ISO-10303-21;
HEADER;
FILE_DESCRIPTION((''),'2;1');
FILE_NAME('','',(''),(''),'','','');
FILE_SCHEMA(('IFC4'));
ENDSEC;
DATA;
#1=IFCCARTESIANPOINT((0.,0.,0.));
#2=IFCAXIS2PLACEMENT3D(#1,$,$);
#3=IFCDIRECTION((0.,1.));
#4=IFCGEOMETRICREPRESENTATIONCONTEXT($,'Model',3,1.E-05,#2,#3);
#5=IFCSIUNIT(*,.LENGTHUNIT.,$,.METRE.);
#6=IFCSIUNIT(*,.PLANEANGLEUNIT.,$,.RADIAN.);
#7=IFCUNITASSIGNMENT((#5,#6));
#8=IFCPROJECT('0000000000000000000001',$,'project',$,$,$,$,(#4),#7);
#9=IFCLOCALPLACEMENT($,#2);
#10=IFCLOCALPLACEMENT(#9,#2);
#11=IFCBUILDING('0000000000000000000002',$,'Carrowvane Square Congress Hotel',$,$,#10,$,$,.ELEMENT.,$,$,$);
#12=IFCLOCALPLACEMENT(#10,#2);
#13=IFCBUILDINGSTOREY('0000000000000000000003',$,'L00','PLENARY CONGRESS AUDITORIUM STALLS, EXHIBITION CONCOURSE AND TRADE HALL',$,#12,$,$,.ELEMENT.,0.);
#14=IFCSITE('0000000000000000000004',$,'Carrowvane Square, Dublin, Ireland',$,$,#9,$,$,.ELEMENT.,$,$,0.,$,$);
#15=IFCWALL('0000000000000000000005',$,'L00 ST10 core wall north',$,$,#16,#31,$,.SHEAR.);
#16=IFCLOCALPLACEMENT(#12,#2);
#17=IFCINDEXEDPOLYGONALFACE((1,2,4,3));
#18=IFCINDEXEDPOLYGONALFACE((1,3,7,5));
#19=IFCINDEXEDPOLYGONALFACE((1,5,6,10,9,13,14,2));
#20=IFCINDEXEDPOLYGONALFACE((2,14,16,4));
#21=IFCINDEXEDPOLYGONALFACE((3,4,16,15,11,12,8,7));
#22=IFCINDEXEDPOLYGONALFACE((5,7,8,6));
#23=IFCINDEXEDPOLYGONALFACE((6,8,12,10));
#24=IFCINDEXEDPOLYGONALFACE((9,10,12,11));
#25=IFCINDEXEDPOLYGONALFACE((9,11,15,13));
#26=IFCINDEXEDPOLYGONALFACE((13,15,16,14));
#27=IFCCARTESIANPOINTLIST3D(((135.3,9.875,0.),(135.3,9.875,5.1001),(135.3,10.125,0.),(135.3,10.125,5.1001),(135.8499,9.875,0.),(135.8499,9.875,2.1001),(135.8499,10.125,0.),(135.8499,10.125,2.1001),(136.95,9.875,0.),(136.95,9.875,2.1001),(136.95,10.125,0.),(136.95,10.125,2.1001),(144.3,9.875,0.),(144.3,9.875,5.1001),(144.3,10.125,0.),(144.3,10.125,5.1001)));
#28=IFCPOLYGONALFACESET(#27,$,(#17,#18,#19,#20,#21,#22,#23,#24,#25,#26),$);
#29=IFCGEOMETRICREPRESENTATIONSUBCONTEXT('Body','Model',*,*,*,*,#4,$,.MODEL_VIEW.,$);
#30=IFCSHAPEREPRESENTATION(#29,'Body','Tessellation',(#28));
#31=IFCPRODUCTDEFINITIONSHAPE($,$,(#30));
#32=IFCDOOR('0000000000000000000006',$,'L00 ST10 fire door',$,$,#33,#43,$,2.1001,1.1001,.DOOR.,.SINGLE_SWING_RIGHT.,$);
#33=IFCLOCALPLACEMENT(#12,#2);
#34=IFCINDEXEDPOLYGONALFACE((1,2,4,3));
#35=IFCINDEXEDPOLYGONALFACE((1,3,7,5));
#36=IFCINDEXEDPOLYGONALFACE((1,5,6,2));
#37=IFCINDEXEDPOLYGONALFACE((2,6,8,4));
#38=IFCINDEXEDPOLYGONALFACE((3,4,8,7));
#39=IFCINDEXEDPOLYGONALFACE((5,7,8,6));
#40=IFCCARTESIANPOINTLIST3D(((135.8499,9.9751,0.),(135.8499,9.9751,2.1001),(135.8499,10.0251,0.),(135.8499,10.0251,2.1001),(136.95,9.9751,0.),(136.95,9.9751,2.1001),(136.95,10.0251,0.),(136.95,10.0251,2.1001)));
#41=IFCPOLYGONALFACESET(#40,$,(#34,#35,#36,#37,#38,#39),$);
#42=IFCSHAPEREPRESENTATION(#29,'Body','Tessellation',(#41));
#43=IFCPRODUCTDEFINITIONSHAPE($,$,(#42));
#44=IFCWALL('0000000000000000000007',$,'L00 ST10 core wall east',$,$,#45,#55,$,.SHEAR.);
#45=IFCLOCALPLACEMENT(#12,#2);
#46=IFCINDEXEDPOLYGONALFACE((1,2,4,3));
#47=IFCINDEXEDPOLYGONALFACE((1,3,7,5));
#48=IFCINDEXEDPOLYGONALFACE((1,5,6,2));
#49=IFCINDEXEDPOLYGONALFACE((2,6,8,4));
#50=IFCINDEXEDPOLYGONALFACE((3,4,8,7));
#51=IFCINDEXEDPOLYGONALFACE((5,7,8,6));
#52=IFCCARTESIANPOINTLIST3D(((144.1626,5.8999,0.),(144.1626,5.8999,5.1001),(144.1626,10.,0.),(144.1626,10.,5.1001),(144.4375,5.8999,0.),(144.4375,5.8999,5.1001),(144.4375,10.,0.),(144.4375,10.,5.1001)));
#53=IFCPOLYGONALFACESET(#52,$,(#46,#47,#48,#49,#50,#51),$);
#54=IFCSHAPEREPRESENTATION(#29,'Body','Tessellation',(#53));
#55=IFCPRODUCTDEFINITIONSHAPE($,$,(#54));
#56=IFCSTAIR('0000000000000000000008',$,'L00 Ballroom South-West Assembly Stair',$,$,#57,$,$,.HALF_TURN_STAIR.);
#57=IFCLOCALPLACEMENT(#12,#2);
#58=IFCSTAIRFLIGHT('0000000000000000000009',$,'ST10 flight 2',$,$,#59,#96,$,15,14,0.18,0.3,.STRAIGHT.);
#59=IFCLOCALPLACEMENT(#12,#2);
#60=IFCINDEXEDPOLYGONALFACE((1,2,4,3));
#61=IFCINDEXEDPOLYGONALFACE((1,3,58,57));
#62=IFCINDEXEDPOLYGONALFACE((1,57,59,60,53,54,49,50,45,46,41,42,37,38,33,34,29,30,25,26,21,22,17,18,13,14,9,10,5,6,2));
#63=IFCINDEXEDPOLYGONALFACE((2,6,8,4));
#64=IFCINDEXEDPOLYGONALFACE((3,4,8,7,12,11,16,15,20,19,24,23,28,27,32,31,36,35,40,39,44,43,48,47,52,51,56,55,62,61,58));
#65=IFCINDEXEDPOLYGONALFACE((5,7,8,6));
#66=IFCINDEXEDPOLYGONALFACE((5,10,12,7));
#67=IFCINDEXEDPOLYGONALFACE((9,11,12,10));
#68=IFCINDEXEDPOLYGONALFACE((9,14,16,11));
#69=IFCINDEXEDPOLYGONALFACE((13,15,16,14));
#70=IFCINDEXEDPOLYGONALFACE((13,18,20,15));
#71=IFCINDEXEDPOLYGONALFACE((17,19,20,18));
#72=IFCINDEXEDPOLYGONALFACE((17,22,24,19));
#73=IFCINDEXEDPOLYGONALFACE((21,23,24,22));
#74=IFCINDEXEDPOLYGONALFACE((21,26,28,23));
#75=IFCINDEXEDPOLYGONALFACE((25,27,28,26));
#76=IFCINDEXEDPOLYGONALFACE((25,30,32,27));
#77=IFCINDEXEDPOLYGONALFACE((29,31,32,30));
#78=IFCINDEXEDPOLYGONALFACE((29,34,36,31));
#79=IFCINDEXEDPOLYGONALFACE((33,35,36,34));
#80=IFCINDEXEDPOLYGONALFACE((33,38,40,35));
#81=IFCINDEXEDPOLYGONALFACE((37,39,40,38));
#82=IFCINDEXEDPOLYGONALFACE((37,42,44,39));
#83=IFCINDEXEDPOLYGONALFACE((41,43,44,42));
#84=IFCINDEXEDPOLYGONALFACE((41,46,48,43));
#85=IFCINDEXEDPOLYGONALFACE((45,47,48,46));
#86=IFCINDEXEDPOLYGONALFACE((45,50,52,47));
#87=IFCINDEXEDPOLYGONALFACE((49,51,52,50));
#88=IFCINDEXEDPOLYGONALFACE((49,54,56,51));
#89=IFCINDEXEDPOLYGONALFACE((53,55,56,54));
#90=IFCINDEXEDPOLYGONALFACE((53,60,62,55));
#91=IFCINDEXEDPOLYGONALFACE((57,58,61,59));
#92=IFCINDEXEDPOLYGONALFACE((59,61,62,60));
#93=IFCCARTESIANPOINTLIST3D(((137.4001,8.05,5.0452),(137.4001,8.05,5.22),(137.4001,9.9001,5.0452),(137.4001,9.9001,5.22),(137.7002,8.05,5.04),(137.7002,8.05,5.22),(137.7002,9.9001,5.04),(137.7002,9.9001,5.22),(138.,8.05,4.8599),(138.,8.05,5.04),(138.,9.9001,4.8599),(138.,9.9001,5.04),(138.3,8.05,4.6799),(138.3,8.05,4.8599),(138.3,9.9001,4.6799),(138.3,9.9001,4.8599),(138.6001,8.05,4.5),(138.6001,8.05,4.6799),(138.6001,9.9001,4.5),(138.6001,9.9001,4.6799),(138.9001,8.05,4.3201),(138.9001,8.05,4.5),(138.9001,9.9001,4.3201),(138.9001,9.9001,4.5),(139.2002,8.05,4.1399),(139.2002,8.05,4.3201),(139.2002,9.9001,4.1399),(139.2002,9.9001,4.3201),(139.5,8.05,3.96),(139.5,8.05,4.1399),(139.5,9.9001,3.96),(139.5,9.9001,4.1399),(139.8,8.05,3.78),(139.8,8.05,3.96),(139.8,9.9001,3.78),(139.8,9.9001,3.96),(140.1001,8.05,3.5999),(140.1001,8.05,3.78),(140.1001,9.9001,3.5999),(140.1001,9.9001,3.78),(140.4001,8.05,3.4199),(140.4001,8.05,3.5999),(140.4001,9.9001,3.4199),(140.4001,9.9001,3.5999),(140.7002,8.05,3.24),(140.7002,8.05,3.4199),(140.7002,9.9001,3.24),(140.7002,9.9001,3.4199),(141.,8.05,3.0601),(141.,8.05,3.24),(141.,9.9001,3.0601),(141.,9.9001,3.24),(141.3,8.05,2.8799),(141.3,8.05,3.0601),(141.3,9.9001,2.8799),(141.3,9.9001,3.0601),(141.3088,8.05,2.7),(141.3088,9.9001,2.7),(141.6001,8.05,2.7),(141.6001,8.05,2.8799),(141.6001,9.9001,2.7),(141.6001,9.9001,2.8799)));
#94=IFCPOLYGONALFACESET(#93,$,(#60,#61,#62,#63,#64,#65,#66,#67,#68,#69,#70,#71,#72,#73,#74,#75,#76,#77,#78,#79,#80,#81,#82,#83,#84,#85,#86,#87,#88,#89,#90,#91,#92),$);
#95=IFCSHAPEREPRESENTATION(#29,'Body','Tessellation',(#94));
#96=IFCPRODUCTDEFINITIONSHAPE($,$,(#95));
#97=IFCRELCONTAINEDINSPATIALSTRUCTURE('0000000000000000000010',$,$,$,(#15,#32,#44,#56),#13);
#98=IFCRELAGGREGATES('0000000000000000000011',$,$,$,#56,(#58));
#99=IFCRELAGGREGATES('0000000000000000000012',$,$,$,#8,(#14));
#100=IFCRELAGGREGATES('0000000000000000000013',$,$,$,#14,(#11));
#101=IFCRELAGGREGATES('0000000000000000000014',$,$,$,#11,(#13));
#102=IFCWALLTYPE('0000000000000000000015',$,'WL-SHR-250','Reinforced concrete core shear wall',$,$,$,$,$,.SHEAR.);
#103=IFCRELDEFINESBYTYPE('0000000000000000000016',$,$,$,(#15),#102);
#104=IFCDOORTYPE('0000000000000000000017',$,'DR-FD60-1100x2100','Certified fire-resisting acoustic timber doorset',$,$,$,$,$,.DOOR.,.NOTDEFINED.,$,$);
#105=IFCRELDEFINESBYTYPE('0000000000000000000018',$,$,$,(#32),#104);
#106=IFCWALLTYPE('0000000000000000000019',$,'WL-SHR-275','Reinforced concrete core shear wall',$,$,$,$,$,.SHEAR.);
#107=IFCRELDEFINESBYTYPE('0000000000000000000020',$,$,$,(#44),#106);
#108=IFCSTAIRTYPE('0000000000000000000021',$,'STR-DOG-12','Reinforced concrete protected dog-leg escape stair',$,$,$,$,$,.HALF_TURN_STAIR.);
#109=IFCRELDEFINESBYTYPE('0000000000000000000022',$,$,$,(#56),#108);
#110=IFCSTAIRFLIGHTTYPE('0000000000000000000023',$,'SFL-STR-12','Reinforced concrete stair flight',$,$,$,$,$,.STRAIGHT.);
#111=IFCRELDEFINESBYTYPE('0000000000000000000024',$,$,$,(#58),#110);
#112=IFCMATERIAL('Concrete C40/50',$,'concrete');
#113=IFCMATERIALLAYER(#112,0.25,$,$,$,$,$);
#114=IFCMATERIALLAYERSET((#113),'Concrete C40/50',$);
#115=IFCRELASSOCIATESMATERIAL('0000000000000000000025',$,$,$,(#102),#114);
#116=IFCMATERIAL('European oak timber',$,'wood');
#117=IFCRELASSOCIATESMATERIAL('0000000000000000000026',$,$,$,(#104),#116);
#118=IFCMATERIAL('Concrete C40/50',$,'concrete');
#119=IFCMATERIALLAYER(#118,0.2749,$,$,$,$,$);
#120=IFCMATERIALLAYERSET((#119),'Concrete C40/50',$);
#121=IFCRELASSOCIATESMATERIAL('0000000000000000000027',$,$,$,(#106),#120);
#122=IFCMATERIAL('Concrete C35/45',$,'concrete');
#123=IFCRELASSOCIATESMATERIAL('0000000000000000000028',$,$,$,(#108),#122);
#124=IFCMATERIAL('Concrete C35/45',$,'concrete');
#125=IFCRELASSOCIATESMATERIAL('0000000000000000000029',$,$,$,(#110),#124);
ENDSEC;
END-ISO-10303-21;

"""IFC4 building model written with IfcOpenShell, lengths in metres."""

from ifc_helpers import new_model, si_unit, direction, frame, frame_2d, origin, place, context, subcontext, project, spatial, polyline, rectangle, outline, extrude, material, layer, layer_set, type_object, element, fill, aggregate, save


model = new_model("IFC4")

# Units and contexts
model_context = context("Model", 3, precision=1e-05, world=origin(), true_north=direction((0.0, 1.0)))
body_context = subcontext(model_context, "Body", "Model", "MODEL_VIEW")
ifc_project = project(units=[si_unit("LENGTHUNIT", "METRE"), si_unit("PLANEANGLEUNIT", "RADIAN")], contexts=[model_context])

# Site, building, storey
site_placement = place(None, origin())
site = spatial("IfcSite", under=ifc_project, at=site_placement, Name="Carrowvane Square, Dublin, Ireland", CompositionType="ELEMENT", RefElevation=0.0)
building_placement = place(site_placement, origin())
building = spatial("IfcBuilding", under=site, at=building_placement, Name="Carrowvane Square Congress Hotel", CompositionType="ELEMENT")
storey_placement = place(building_placement, origin())
storey = spatial("IfcBuildingStorey", under=building, at=storey_placement, Name="L00", Description="PLENARY CONGRESS AUDITORIUM STALLS, EXHIBITION CONCOURSE AND TRADE HALL", CompositionType="ELEMENT", Elevation=0.0)

# Wall, opening, door
ifc_material_1 = material(Name="Concrete C40/50", Category="concrete")
ifc_layer_1 = layer(ifc_material_1, 0.25)
ifc_layer_set_1 = layer_set([ifc_layer_1], Name="Concrete C40/50")
wall_type_1 = type_object("IfcWallType", Name="WL-SHR-250", Description="Reinforced concrete core shear wall", PredefinedType="SHEAR", material=ifc_layer_set_1)
wall_1_placement = place(storey_placement, frame((144.3, 10.0, 0.0), z_axis=(0.0, 0.0, 1.0), x_axis=(-1.0, 0.0, 0.0)))
wall_1 = element("IfcWall", 1, at=wall_1_placement, inside=storey, type_object=wall_type_1, Name="L00 ST10 core wall north", PredefinedType="SHEAR", context=body_context, shape_type="SweptSolid", body=[
    extrude(rectangle(XDim=9.0, YDim=0.25, at=frame_2d((4.5, 0.0))), origin(), (0.0, 0.0, 1.0), 5.1001),
])
opening_1_placement = place(wall_1_placement, frame((7.3501, 0.0, 0.0)))
opening_1 = element("IfcOpeningElement", 2, at=opening_1_placement, cuts=wall_1, PredefinedType="OPENING", context=body_context, shape_type="SweptSolid", body=[
    extrude(rectangle(XDim=1.1001, YDim=2.1001, at=frame_2d((0.55, 1.05))), frame((0.0, 0.135, 0.0), z_axis=(0.0, -1.0, 0.0), x_axis=(1.0, 0.0, 0.0)), (0.0, 0.0, 1.0), 0.27),
])
ifc_material_2 = material(Name="European oak timber", Category="wood")
door_type = type_object("IfcDoorType", Name="DR-FD60-1100x2100", Description="Certified fire-resisting acoustic timber doorset", OperationType="NOTDEFINED", PredefinedType="DOOR", material=ifc_material_2)
door_placement = place(opening_1_placement, origin())
door = element("IfcDoor", 3, at=door_placement, inside=storey, type_object=door_type, Name="L00 ST10 fire door", OperationType="SINGLE_SWING_RIGHT", OverallHeight=2.1001, OverallWidth=1.1001, PredefinedType="DOOR", context=body_context, shape_type="SweptSolid", body=[
    extrude(rectangle(XDim=1.1001, YDim=2.1001, at=frame_2d((0.55, 1.05))), frame((0.0, 0.0249, 0.0), z_axis=(0.0, -1.0, 0.0), x_axis=(1.0, 0.0, 0.0)), (0.0, 0.0, 1.0), 0.05),
])
fill(opening_1, door)

# Wall
ifc_material_3 = material(Name="Concrete C40/50", Category="concrete")
ifc_layer_2 = layer(ifc_material_3, 0.2749)
ifc_layer_set_2 = layer_set([ifc_layer_2], Name="Concrete C40/50")
wall_type_2 = type_object("IfcWallType", Name="WL-SHR-275", Description="Reinforced concrete core shear wall", PredefinedType="SHEAR", material=ifc_layer_set_2)
wall_2_placement = place(storey_placement, frame((144.3, 5.8999, 0.0), z_axis=(0.0, 0.0, 1.0), x_axis=(0.0, 1.0, 0.0)))
element("IfcWall", 4, at=wall_2_placement, inside=storey, type_object=wall_type_2, Name="L00 ST10 core wall east", PredefinedType="SHEAR", context=body_context, shape_type="SweptSolid", body=[
    extrude(rectangle(XDim=4.1001, YDim=0.2749, at=frame_2d((2.05, 0.0))), origin(), (0.0, 0.0, 1.0), 5.1001),
])

# Stair, stair flight
ifc_material_4 = material(Name="Concrete C35/45", Category="concrete")
stair_type = type_object("IfcStairType", Name="STR-DOG-12", Description="Reinforced concrete protected dog-leg escape stair", PredefinedType="HALF_TURN_STAIR", material=ifc_material_4)
stair_placement = place(storey_placement, origin())
stair = element("IfcStair", 5, at=stair_placement, inside=storey, type_object=stair_type, Name="L00 Ballroom South-West Assembly Stair", PredefinedType="HALF_TURN_STAIR")
ifc_material_5 = material(Name="Concrete C35/45", Category="concrete")
stair_flight_type = type_object("IfcStairFlightType", Name="SFL-STR-12", Description="Reinforced concrete stair flight", PredefinedType="STRAIGHT", material=ifc_material_5)
stair_flight_placement = place(storey_placement, frame((141.6001, 8.9751, 2.7), z_axis=(0.0, 0.0, 1.0), x_axis=(-1.0, 0.0, 0.0)))
stair_flight = element("IfcStairFlight", 6, at=stair_flight_placement, type_object=stair_flight_type, Name="ST10 flight 2", NumberOfRisers=15, NumberOfTreads=14, PredefinedType="STRAIGHT", RiserHeight=0.18, TreadLength=0.3, context=body_context, shape_type="SweptSolid", body=[
    extrude(outline(polyline([(0.0, 0.0), (0.0, 0.1799), (0.3, 0.1799), (0.3, 0.3601), (0.6001, 0.3601), (0.6001, 0.54), (0.8999, 0.54), (0.8999, 0.72), (1.2, 0.72), (1.2, 0.8999), (1.5, 0.8999), (1.5, 1.0801), (1.8, 1.0801), (1.8, 1.26), (2.1001, 1.26), (2.1001, 1.4399), (2.3999, 1.4399), (2.3999, 1.6201), (2.7, 1.6201), (2.7, 1.8), (3.0, 1.8), (3.0, 1.98), (3.3, 1.98), (3.3, 2.1599), (3.6001, 2.1599), (3.6001, 2.3401), (3.8999, 2.3401), (3.8999, 2.52), (4.2, 2.52), (4.2, 2.7), (4.2, 2.3452), (0.2913, 0.0), (0.0, 0.0)])), frame((0.0, 0.925, 0.0), z_axis=(0.0, -1.0, 0.0), x_axis=(1.0, 0.0, 0.0)), (0.0, 0.0, 1.0), 1.8501),
])
aggregate(stair, [stair_flight])

save(model, "model.ifc")
